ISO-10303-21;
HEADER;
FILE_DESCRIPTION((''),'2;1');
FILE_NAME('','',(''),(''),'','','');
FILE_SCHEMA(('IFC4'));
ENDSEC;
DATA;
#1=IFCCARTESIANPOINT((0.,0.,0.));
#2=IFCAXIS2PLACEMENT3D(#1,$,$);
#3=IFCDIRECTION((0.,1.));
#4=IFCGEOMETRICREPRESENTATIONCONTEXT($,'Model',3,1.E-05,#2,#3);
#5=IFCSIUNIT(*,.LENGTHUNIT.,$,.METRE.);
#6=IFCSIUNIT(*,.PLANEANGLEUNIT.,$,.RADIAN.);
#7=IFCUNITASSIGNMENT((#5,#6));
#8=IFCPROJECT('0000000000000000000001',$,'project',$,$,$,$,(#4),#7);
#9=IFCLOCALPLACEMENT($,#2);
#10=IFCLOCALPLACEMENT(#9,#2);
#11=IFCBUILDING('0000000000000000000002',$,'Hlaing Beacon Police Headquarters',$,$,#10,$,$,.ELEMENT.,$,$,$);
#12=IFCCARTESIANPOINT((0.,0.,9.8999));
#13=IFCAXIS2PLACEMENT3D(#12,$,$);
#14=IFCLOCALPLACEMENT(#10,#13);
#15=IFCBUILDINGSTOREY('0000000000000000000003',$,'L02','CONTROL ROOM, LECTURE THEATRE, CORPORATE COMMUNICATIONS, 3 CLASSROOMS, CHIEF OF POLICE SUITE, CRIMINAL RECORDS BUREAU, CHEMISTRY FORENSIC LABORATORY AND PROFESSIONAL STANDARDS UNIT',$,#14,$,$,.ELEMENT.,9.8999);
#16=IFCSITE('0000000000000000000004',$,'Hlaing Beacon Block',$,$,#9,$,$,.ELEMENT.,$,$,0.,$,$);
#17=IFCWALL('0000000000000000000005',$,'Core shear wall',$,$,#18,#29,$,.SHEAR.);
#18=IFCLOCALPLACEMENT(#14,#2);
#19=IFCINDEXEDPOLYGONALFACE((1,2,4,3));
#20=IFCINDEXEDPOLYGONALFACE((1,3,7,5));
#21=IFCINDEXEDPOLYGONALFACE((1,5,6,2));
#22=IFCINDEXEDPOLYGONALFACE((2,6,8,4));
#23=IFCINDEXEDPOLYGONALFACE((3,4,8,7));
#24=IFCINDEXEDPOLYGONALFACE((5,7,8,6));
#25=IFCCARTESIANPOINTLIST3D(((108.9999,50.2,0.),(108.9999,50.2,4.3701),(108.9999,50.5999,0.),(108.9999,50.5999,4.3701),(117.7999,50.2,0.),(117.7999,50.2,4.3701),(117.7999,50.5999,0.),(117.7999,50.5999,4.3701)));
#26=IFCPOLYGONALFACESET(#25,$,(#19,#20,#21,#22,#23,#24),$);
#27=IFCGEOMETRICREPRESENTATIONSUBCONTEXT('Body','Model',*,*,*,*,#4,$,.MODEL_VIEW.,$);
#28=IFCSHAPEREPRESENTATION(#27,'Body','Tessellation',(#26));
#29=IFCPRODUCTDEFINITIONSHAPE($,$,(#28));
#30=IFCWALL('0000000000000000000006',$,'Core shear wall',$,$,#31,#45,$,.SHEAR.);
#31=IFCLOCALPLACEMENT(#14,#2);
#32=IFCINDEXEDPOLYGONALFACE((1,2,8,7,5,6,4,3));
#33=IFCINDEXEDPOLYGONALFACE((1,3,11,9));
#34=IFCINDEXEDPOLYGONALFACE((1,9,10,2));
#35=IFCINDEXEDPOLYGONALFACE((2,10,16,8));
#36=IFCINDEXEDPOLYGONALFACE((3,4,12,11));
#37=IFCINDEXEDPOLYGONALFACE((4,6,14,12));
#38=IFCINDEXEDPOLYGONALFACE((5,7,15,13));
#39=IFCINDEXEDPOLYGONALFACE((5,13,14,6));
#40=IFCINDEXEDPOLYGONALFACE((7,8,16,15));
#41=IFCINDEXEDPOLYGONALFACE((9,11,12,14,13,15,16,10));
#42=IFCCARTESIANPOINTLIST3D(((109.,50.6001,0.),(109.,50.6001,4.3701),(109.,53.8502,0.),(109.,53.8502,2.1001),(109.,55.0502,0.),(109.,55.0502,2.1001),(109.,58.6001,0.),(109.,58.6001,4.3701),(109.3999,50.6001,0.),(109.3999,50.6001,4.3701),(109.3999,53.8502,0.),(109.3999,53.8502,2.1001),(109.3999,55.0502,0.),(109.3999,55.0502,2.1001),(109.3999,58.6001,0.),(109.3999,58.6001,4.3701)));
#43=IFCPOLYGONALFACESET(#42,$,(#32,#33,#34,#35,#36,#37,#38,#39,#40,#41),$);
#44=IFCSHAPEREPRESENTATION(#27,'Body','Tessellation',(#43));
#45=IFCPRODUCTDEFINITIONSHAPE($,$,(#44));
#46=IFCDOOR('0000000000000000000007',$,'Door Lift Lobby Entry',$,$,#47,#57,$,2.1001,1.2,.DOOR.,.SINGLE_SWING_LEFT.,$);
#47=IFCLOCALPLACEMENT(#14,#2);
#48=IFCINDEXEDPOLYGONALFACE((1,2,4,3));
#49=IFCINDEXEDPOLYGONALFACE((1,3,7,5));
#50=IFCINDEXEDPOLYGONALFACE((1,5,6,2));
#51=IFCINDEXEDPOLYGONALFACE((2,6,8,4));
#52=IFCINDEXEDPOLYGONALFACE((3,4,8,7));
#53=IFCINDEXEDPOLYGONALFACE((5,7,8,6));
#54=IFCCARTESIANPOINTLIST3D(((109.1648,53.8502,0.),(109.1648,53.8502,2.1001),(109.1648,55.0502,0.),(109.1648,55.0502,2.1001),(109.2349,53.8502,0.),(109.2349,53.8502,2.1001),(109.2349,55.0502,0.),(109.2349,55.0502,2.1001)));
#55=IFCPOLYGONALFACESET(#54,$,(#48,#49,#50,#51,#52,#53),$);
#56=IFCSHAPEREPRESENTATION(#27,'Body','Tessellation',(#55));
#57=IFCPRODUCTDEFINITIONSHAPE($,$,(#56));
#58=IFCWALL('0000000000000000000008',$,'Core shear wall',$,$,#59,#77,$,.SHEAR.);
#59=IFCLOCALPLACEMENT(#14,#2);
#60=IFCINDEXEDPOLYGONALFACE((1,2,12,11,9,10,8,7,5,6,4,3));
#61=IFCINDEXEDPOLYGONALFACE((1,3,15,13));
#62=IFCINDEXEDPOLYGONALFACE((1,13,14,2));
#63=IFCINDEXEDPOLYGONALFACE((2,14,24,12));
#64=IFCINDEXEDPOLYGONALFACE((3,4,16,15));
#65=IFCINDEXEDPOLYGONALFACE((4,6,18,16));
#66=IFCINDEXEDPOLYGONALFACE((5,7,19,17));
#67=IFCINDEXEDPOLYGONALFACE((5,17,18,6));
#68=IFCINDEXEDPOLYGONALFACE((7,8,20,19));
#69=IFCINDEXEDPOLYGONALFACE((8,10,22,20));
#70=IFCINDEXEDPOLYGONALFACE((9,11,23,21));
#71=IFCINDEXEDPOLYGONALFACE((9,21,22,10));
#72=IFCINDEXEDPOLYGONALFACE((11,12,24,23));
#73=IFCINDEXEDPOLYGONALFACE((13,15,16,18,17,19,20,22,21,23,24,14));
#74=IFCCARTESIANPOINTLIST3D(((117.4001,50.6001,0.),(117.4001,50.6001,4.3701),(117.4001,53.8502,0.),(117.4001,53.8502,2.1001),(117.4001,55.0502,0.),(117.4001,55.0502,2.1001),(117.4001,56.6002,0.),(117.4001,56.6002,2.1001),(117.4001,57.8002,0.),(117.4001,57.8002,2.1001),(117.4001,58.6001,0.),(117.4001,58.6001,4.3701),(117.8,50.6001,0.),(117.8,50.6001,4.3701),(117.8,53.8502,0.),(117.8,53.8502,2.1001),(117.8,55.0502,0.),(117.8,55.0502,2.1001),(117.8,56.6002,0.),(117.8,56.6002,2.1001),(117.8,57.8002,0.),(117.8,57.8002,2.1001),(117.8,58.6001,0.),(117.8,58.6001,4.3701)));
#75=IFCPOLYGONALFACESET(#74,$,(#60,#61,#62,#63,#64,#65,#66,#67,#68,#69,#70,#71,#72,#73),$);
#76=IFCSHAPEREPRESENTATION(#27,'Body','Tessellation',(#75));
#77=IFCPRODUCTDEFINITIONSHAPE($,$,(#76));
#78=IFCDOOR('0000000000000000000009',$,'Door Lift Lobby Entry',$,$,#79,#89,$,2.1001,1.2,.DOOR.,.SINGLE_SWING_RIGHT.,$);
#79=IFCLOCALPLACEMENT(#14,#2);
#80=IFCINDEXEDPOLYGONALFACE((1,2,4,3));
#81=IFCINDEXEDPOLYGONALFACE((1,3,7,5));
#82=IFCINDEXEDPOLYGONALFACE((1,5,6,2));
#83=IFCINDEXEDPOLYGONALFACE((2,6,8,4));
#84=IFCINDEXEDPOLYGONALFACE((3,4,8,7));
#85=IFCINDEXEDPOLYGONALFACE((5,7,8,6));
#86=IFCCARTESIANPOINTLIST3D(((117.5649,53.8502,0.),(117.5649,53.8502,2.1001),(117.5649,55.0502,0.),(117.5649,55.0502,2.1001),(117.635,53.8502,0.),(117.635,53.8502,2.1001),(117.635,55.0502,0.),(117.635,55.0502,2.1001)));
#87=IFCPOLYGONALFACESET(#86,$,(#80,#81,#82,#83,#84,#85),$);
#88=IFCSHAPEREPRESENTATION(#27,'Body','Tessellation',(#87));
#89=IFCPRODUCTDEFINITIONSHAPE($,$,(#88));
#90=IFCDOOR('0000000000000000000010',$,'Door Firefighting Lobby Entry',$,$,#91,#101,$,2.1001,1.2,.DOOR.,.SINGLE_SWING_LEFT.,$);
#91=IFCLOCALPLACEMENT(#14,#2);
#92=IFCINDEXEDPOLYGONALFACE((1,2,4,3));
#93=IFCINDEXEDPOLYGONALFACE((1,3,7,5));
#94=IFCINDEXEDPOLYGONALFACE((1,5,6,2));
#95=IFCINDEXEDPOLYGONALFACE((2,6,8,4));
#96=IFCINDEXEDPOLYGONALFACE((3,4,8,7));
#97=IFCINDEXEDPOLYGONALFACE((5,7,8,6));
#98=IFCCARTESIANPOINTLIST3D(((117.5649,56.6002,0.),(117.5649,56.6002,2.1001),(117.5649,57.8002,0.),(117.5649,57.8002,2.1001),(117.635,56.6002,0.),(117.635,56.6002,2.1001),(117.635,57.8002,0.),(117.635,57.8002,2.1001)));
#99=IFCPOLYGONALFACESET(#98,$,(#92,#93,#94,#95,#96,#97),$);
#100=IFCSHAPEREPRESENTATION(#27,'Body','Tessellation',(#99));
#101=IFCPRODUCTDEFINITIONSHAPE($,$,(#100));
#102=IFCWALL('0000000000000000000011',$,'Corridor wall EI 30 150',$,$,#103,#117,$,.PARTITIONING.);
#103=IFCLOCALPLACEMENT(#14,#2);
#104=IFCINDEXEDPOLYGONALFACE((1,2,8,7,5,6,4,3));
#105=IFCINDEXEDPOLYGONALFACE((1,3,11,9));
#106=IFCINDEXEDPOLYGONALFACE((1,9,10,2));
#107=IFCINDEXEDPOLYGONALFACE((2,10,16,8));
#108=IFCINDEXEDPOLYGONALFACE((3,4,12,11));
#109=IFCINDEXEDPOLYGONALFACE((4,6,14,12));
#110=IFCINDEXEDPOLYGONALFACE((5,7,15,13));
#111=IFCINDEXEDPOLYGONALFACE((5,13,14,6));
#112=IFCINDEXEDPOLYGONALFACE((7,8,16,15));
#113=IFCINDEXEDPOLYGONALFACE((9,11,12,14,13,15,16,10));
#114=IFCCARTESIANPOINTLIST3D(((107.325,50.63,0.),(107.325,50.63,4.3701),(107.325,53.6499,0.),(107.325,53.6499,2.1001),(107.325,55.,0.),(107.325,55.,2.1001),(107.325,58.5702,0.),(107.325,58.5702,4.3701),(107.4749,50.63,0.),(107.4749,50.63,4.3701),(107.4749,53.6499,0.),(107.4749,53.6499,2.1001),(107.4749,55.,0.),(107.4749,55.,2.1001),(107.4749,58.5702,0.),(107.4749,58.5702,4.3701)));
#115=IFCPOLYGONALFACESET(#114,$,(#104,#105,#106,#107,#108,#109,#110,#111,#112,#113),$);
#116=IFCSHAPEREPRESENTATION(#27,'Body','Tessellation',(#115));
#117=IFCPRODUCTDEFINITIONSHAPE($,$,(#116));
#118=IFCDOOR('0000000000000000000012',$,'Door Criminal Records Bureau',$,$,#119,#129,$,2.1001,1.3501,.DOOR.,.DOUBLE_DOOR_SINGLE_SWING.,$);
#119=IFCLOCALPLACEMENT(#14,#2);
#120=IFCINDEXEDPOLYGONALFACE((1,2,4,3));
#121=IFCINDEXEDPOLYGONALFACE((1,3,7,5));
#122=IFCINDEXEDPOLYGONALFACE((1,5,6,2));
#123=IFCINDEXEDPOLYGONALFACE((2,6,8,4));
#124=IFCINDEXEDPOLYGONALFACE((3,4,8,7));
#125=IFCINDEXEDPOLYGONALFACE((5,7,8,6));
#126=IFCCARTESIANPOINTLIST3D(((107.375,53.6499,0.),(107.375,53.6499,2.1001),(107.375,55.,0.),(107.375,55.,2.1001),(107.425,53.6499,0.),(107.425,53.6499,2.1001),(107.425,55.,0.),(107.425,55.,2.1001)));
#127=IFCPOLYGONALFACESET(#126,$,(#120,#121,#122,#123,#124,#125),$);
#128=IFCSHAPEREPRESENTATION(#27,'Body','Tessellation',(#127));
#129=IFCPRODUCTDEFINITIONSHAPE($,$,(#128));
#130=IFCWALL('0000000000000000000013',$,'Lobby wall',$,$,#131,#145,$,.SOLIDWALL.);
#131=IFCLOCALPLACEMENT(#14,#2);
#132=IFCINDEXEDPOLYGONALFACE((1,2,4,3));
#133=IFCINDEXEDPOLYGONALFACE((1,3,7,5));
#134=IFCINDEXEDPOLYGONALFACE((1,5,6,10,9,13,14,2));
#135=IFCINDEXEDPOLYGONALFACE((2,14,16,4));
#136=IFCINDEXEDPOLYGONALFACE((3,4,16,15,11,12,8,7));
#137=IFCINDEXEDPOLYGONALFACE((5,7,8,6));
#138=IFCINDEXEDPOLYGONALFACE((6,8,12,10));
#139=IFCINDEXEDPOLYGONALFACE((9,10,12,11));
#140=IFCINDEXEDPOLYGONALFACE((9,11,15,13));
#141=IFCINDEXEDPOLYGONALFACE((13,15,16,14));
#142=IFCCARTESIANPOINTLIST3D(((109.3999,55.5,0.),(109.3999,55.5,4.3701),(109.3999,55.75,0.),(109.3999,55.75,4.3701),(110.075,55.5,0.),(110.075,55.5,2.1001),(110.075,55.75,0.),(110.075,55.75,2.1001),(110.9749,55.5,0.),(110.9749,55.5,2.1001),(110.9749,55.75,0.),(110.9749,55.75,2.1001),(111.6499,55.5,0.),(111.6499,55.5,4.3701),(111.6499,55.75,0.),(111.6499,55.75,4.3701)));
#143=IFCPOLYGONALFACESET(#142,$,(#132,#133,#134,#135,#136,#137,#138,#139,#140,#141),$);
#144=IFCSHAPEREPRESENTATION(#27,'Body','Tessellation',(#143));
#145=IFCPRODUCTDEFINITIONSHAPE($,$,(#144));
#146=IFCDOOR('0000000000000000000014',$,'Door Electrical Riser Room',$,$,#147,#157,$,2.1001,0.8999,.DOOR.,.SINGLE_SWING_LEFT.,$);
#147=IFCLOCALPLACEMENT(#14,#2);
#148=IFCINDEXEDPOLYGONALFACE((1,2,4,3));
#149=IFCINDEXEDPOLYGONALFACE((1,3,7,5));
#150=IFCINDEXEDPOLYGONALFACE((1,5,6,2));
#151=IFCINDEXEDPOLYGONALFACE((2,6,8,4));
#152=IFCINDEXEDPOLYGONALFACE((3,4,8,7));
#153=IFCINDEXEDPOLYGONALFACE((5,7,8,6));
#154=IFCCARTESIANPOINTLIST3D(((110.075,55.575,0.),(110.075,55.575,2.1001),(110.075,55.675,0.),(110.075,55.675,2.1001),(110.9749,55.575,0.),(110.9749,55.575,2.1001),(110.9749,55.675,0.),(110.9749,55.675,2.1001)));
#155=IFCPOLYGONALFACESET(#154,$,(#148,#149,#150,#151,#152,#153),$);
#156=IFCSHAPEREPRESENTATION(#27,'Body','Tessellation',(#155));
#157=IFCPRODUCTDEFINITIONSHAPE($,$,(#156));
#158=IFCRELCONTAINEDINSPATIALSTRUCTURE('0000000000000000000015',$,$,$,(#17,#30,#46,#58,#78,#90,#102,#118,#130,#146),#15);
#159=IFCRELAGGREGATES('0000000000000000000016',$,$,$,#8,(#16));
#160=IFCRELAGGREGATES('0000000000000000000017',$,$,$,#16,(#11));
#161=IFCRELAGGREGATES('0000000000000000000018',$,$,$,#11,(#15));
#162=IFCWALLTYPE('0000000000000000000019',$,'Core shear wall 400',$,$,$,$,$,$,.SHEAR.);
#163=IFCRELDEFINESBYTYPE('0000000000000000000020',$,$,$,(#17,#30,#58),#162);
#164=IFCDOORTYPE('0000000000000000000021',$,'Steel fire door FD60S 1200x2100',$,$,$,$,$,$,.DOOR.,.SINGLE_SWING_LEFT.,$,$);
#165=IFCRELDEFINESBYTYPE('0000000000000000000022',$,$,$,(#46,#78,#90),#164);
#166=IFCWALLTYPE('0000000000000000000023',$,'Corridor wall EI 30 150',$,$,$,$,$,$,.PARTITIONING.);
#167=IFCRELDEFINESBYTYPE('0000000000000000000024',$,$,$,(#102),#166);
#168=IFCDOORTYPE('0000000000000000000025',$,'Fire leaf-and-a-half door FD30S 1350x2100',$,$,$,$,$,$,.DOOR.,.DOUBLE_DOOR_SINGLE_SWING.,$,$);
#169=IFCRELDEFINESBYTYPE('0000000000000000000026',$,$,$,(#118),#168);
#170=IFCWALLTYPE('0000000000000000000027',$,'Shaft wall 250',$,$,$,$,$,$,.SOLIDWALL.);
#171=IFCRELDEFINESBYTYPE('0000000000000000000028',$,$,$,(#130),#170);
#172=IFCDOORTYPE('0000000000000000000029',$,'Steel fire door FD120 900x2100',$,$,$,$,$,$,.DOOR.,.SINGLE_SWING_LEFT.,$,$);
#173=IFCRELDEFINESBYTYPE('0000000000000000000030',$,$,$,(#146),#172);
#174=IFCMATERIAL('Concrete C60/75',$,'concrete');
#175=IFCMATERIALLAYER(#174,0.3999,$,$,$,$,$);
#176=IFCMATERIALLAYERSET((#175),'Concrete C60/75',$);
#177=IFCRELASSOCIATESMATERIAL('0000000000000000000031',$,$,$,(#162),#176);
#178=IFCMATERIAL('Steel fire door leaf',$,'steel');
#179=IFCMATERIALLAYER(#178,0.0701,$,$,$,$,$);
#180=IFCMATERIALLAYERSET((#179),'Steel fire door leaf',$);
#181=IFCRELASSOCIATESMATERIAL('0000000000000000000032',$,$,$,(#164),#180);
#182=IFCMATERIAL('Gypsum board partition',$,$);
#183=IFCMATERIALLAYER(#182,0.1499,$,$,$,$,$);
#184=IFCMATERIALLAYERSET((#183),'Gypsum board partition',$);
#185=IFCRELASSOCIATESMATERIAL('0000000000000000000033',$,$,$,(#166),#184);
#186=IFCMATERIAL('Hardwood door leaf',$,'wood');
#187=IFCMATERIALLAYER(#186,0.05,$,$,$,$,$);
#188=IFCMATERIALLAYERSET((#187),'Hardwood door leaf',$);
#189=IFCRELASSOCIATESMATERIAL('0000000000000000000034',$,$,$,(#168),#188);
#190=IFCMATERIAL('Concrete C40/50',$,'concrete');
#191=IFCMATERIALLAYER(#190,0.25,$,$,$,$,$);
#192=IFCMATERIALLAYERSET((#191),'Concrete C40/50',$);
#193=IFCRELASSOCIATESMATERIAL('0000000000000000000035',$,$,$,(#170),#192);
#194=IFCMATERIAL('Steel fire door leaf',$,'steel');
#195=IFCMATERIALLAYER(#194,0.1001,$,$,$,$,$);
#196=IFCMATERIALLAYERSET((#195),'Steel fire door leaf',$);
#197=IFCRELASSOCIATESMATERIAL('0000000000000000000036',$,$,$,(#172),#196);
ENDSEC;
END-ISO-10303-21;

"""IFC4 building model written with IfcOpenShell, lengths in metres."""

from ifc_helpers import new_model, si_unit, direction, frame, frame_2d, origin, place, context, subcontext, project, spatial, rectangle, extrude, material, layer, layer_set, type_object, element, fill, save


model = new_model("IFC4")

# Units and contexts
model_context = context("Model", 3, precision=1e-05, world=origin(), true_north=direction((0.0, 1.0)))
body_context = subcontext(model_context, "Body", "Model", "MODEL_VIEW")
ifc_project = project(units=[si_unit("LENGTHUNIT", "METRE"), si_unit("PLANEANGLEUNIT", "RADIAN")], contexts=[model_context])

# Site, building, storey
site_placement = place(None, origin())
site = spatial("IfcSite", under=ifc_project, at=site_placement, Name="Hlaing Beacon Block", CompositionType="ELEMENT", RefElevation=0.0)
building_placement = place(site_placement, origin())
building = spatial("IfcBuilding", under=site, at=building_placement, Name="Hlaing Beacon Police Headquarters", CompositionType="ELEMENT")
storey_placement = place(building_placement, frame((0.0, 0.0, 9.8999)))
storey = spatial("IfcBuildingStorey", under=building, at=storey_placement, Name="L02", Description="CONTROL ROOM, LECTURE THEATRE, CORPORATE COMMUNICATIONS, 3 CLASSROOMS, CHIEF OF POLICE SUITE, CRIMINAL RECORDS BUREAU, CHEMISTRY FORENSIC LABORATORY AND PROFESSIONAL STANDARDS UNIT", CompositionType="ELEMENT", Elevation=9.8999)

# Wall
ifc_material_1 = material(Name="Concrete C60/75", Category="concrete")
ifc_layer_1 = layer(ifc_material_1, 0.3999)
ifc_layer_set_1 = layer_set([ifc_layer_1], Name="Concrete C60/75")
wall_type_1 = type_object("IfcWallType", Name="Core shear wall 400", PredefinedType="SHEAR", material=ifc_layer_set_1)
wall_1_placement = place(storey_placement, frame((109.0, 50.3999, 0.0), z_axis=(0.0, 0.0, 1.0), x_axis=(1.0, 0.0, 0.0)))
element("IfcWall", 1, at=wall_1_placement, inside=storey, type_object=wall_type_1, Name="Core shear wall", PredefinedType="SHEAR", context=body_context, shape_type="SweptSolid", body=[
    extrude(rectangle(XDim=8.8, YDim=0.3999, at=frame_2d((4.3999, 0.0))), origin(), (0.0, 0.0, 1.0), 4.3701),
])

# Wall, opening, door
wall_2_placement = place(storey_placement, frame((109.2, 50.6001, 0.0), z_axis=(0.0, 0.0, 1.0), x_axis=(0.0, 1.0, 0.0)))
wall_2 = element("IfcWall", 2, at=wall_2_placement, inside=storey, type_object=wall_type_1, Name="Core shear wall", PredefinedType="SHEAR", context=body_context, shape_type="SweptSolid", body=[
    extrude(rectangle(XDim=8.0, YDim=0.3999, at=frame_2d((4.0, 0.0))), origin(), (0.0, 0.0, 1.0), 4.3701),
])
opening_1_placement = place(wall_2_placement, frame((3.25, 0.0, 0.0)))
opening_1 = element("IfcOpeningElement", 3, at=opening_1_placement, cuts=wall_2, PredefinedType="OPENING", context=body_context, shape_type="SweptSolid", body=[
    extrude(rectangle(XDim=1.2, YDim=2.1001, at=frame_2d((0.6001, 1.05))), frame((0.0, 0.21, 0.0), z_axis=(0.0, -1.0, 0.0), x_axis=(1.0, 0.0, 0.0)), (0.0, 0.0, 1.0), 0.4199),
])
ifc_material_2 = material(Name="Steel fire door leaf", Category="steel")
ifc_layer_2 = layer(ifc_material_2, 0.0701)
ifc_layer_set_2 = layer_set([ifc_layer_2], Name="Steel fire door leaf")
door_type_1 = type_object("IfcDoorType", Name="Steel fire door FD60S 1200x2100", OperationType="SINGLE_SWING_LEFT", PredefinedType="DOOR", material=ifc_layer_set_2)
door_1_placement = place(opening_1_placement, frame((1.2, 0.0, 0.0), z_axis=(0.0, 0.0, 1.0), x_axis=(-1.0, 0.0, 0.0)))
door_1 = element("IfcDoor", 4, at=door_1_placement, inside=storey, type_object=door_type_1, Name="Door Lift Lobby Entry", OperationType="SINGLE_SWING_LEFT", OverallHeight=2.1001, OverallWidth=1.2, PredefinedType="DOOR", context=body_context, shape_type="SweptSolid", body=[
    extrude(rectangle(XDim=1.2, YDim=2.1001, at=frame_2d((0.5999, 1.05))), frame((0.0, 0.0349, 0.0), z_axis=(0.0, -1.0, 0.0), x_axis=(1.0, 0.0, 0.0)), (0.0, 0.0, 1.0), 0.0701),
])
fill(opening_1, door_1)

# Wall, openings, doors
wall_3_placement = place(storey_placement, frame((117.6001, 50.6001, 0.0), z_axis=(0.0, 0.0, 1.0), x_axis=(0.0, 1.0, 0.0)))
wall_3 = element("IfcWall", 5, at=wall_3_placement, inside=storey, type_object=wall_type_1, Name="Core shear wall", PredefinedType="SHEAR", context=body_context, shape_type="SweptSolid", body=[
    extrude(rectangle(XDim=8.0, YDim=0.3999, at=frame_2d((4.0, 0.0))), origin(), (0.0, 0.0, 1.0), 4.3701),
])
opening_2_placement = place(wall_3_placement, frame((3.25, 0.0, 0.0)))
opening_2 = element("IfcOpeningElement", 6, at=opening_2_placement, cuts=wall_3, PredefinedType="OPENING", context=body_context, shape_type="SweptSolid", body=[
    extrude(rectangle(XDim=1.2, YDim=2.1001, at=frame_2d((0.6001, 1.05))), frame((0.0, 0.21, 0.0), z_axis=(0.0, -1.0, 0.0), x_axis=(1.0, 0.0, 0.0)), (0.0, 0.0, 1.0), 0.4199),
])
opening_3_placement = place(wall_3_placement, frame((6.0, 0.0, 0.0)))
opening_3 = element("IfcOpeningElement", 7, at=opening_3_placement, cuts=wall_3, PredefinedType="OPENING", context=body_context, shape_type="SweptSolid", body=[
    extrude(rectangle(XDim=1.2, YDim=2.1001, at=frame_2d((0.6001, 1.05))), frame((0.0, 0.21, 0.0), z_axis=(0.0, -1.0, 0.0), x_axis=(1.0, 0.0, 0.0)), (0.0, 0.0, 1.0), 0.4199),
])
door_2_placement = place(opening_2_placement, origin())
door_2 = element("IfcDoor", 8, at=door_2_placement, inside=storey, type_object=door_type_1, Name="Door Lift Lobby Entry", OperationType="SINGLE_SWING_RIGHT", OverallHeight=2.1001, OverallWidth=1.2, PredefinedType="DOOR", context=body_context, shape_type="SweptSolid", body=[
    extrude(rectangle(XDim=1.2, YDim=2.1001, at=frame_2d((0.6001, 1.05))), frame((0.0, 0.0352, 0.0), z_axis=(0.0, -1.0, 0.0), x_axis=(1.0, 0.0, 0.0)), (0.0, 0.0, 1.0), 0.0701),
])
fill(opening_2, door_2)
door_3_placement = place(opening_3_placement, origin())
door_3 = element("IfcDoor", 9, at=door_3_placement, inside=storey, type_object=door_type_1, Name="Door Firefighting Lobby Entry", OperationType="SINGLE_SWING_LEFT", OverallHeight=2.1001, OverallWidth=1.2, PredefinedType="DOOR", context=body_context, shape_type="SweptSolid", body=[
    extrude(rectangle(XDim=1.2, YDim=2.1001, at=frame_2d((0.6001, 1.05))), frame((0.0, 0.0352, 0.0), z_axis=(0.0, -1.0, 0.0), x_axis=(1.0, 0.0, 0.0)), (0.0, 0.0, 1.0), 0.0701),
])
fill(opening_3, door_3)

# Walls, openings, doors
ifc_material_3 = material(Name="Gypsum board partition")
ifc_layer_3 = layer(ifc_material_3, 0.1499)
ifc_layer_set_3 = layer_set([ifc_layer_3], Name="Gypsum board partition")
wall_type_2 = type_object("IfcWallType", Name="Corridor wall EI 30 150", PredefinedType="PARTITIONING", material=ifc_layer_set_3)
wall_4_placement = place(storey_placement, frame((107.3999, 50.6299, 0.0), z_axis=(0.0, 0.0, 1.0), x_axis=(0.0, 1.0, 0.0)))
wall_4 = element("IfcWall", 10, at=wall_4_placement, inside=storey, type_object=wall_type_2, Name="Corridor wall EI 30 150", PredefinedType="PARTITIONING", context=body_context, shape_type="SweptSolid", body=[
    extrude(rectangle(XDim=7.9402, YDim=0.1499, at=frame_2d((3.9702, 0.0))), origin(), (0.0, 0.0, 1.0), 4.3701),
])
opening_4_placement = place(wall_4_placement, frame((3.02, 0.0, 0.0)))
opening_4 = element("IfcOpeningElement", 11, at=opening_4_placement, cuts=wall_4, PredefinedType="OPENING", context=body_context, shape_type="SweptSolid", body=[
    extrude(rectangle(XDim=1.3501, YDim=2.1001, at=frame_2d((0.675, 1.05))), frame((0.0, 0.085, 0.0), z_axis=(0.0, -1.0, 0.0), x_axis=(1.0, 0.0, 0.0)), (0.0, 0.0, 1.0), 0.1699),
])
ifc_material_4 = material(Name="Hardwood door leaf", Category="wood")
ifc_layer_4 = layer(ifc_material_4, 0.05)
ifc_layer_set_4 = layer_set([ifc_layer_4], Name="Hardwood door leaf")
door_type_2 = type_object("IfcDoorType", Name="Fire leaf-and-a-half door FD30S 1350x2100", OperationType="DOUBLE_DOOR_SINGLE_SWING", PredefinedType="DOOR", material=ifc_layer_set_4)
door_4_placement = place(opening_4_placement, origin())
door_4 = element("IfcDoor", 12, at=door_4_placement, inside=storey, type_object=door_type_2, Name="Door Criminal Records Bureau", OperationType="DOUBLE_DOOR_SINGLE_SWING", OverallHeight=2.1001, OverallWidth=1.3501, PredefinedType="DOOR", context=body_context, shape_type="SweptSolid", body=[
    extrude(rectangle(XDim=1.3501, YDim=2.1001, at=frame_2d((0.675, 1.05))), frame((0.0, 0.0249, 0.0), z_axis=(0.0, -1.0, 0.0), x_axis=(1.0, 0.0, 0.0)), (0.0, 0.0, 1.0), 0.05),
])
fill(opening_4, door_4)
ifc_material_5 = material(Name="Concrete C40/50", Category="concrete")
ifc_layer_5 = layer(ifc_material_5, 0.25)
ifc_layer_set_5 = layer_set([ifc_layer_5], Name="Concrete C40/50")
wall_type_3 = type_object("IfcWallType", Name="Shaft wall 250", PredefinedType="SOLIDWALL", material=ifc_layer_set_5)
wall_5_placement = place(storey_placement, frame((109.3999, 55.625, 0.0), z_axis=(0.0, 0.0, 1.0), x_axis=(1.0, 0.0, 0.0)))
wall_5 = element("IfcWall", 13, at=wall_5_placement, inside=storey, type_object=wall_type_3, Name="Lobby wall", PredefinedType="SOLIDWALL", context=body_context, shape_type="SweptSolid", body=[
    extrude(rectangle(XDim=2.25, YDim=0.25, at=frame_2d((1.125, 0.0))), origin(), (0.0, 0.0, 1.0), 4.3701),
])
opening_5_placement = place(wall_5_placement, frame((0.675, 0.0, 0.0)))
opening_5 = element("IfcOpeningElement", 14, at=opening_5_placement, cuts=wall_5, PredefinedType="OPENING", context=body_context, shape_type="SweptSolid", body=[
    extrude(rectangle(XDim=0.8999, YDim=2.1001, at=frame_2d((0.45, 1.05))), frame((0.0, 0.135, 0.0), z_axis=(0.0, -1.0, 0.0), x_axis=(1.0, 0.0, 0.0)), (0.0, 0.0, 1.0), 0.27),
])
ifc_material_6 = material(Name="Steel fire door leaf", Category="steel")
ifc_layer_6 = layer(ifc_material_6, 0.1001)
ifc_layer_set_6 = layer_set([ifc_layer_6], Name="Steel fire door leaf")
door_type_3 = type_object("IfcDoorType", Name="Steel fire door FD120 900x2100", OperationType="SINGLE_SWING_LEFT", PredefinedType="DOOR", material=ifc_layer_set_6)
door_5_placement = place(opening_5_placement, origin())
door_5 = element("IfcDoor", 15, at=door_5_placement, inside=storey, type_object=door_type_3, Name="Door Electrical Riser Room", OperationType="SINGLE_SWING_LEFT", OverallHeight=2.1001, OverallWidth=0.8999, PredefinedType="DOOR", context=body_context, shape_type="SweptSolid", body=[
    extrude(rectangle(XDim=0.8999, YDim=2.1001, at=frame_2d((0.45, 1.05))), frame((0.0, 0.05, 0.0), z_axis=(0.0, -1.0, 0.0), x_axis=(1.0, 0.0, 0.0)), (0.0, 0.0, 1.0), 0.1001),
])
fill(opening_5, door_5)

save(model, "model.ifc")
